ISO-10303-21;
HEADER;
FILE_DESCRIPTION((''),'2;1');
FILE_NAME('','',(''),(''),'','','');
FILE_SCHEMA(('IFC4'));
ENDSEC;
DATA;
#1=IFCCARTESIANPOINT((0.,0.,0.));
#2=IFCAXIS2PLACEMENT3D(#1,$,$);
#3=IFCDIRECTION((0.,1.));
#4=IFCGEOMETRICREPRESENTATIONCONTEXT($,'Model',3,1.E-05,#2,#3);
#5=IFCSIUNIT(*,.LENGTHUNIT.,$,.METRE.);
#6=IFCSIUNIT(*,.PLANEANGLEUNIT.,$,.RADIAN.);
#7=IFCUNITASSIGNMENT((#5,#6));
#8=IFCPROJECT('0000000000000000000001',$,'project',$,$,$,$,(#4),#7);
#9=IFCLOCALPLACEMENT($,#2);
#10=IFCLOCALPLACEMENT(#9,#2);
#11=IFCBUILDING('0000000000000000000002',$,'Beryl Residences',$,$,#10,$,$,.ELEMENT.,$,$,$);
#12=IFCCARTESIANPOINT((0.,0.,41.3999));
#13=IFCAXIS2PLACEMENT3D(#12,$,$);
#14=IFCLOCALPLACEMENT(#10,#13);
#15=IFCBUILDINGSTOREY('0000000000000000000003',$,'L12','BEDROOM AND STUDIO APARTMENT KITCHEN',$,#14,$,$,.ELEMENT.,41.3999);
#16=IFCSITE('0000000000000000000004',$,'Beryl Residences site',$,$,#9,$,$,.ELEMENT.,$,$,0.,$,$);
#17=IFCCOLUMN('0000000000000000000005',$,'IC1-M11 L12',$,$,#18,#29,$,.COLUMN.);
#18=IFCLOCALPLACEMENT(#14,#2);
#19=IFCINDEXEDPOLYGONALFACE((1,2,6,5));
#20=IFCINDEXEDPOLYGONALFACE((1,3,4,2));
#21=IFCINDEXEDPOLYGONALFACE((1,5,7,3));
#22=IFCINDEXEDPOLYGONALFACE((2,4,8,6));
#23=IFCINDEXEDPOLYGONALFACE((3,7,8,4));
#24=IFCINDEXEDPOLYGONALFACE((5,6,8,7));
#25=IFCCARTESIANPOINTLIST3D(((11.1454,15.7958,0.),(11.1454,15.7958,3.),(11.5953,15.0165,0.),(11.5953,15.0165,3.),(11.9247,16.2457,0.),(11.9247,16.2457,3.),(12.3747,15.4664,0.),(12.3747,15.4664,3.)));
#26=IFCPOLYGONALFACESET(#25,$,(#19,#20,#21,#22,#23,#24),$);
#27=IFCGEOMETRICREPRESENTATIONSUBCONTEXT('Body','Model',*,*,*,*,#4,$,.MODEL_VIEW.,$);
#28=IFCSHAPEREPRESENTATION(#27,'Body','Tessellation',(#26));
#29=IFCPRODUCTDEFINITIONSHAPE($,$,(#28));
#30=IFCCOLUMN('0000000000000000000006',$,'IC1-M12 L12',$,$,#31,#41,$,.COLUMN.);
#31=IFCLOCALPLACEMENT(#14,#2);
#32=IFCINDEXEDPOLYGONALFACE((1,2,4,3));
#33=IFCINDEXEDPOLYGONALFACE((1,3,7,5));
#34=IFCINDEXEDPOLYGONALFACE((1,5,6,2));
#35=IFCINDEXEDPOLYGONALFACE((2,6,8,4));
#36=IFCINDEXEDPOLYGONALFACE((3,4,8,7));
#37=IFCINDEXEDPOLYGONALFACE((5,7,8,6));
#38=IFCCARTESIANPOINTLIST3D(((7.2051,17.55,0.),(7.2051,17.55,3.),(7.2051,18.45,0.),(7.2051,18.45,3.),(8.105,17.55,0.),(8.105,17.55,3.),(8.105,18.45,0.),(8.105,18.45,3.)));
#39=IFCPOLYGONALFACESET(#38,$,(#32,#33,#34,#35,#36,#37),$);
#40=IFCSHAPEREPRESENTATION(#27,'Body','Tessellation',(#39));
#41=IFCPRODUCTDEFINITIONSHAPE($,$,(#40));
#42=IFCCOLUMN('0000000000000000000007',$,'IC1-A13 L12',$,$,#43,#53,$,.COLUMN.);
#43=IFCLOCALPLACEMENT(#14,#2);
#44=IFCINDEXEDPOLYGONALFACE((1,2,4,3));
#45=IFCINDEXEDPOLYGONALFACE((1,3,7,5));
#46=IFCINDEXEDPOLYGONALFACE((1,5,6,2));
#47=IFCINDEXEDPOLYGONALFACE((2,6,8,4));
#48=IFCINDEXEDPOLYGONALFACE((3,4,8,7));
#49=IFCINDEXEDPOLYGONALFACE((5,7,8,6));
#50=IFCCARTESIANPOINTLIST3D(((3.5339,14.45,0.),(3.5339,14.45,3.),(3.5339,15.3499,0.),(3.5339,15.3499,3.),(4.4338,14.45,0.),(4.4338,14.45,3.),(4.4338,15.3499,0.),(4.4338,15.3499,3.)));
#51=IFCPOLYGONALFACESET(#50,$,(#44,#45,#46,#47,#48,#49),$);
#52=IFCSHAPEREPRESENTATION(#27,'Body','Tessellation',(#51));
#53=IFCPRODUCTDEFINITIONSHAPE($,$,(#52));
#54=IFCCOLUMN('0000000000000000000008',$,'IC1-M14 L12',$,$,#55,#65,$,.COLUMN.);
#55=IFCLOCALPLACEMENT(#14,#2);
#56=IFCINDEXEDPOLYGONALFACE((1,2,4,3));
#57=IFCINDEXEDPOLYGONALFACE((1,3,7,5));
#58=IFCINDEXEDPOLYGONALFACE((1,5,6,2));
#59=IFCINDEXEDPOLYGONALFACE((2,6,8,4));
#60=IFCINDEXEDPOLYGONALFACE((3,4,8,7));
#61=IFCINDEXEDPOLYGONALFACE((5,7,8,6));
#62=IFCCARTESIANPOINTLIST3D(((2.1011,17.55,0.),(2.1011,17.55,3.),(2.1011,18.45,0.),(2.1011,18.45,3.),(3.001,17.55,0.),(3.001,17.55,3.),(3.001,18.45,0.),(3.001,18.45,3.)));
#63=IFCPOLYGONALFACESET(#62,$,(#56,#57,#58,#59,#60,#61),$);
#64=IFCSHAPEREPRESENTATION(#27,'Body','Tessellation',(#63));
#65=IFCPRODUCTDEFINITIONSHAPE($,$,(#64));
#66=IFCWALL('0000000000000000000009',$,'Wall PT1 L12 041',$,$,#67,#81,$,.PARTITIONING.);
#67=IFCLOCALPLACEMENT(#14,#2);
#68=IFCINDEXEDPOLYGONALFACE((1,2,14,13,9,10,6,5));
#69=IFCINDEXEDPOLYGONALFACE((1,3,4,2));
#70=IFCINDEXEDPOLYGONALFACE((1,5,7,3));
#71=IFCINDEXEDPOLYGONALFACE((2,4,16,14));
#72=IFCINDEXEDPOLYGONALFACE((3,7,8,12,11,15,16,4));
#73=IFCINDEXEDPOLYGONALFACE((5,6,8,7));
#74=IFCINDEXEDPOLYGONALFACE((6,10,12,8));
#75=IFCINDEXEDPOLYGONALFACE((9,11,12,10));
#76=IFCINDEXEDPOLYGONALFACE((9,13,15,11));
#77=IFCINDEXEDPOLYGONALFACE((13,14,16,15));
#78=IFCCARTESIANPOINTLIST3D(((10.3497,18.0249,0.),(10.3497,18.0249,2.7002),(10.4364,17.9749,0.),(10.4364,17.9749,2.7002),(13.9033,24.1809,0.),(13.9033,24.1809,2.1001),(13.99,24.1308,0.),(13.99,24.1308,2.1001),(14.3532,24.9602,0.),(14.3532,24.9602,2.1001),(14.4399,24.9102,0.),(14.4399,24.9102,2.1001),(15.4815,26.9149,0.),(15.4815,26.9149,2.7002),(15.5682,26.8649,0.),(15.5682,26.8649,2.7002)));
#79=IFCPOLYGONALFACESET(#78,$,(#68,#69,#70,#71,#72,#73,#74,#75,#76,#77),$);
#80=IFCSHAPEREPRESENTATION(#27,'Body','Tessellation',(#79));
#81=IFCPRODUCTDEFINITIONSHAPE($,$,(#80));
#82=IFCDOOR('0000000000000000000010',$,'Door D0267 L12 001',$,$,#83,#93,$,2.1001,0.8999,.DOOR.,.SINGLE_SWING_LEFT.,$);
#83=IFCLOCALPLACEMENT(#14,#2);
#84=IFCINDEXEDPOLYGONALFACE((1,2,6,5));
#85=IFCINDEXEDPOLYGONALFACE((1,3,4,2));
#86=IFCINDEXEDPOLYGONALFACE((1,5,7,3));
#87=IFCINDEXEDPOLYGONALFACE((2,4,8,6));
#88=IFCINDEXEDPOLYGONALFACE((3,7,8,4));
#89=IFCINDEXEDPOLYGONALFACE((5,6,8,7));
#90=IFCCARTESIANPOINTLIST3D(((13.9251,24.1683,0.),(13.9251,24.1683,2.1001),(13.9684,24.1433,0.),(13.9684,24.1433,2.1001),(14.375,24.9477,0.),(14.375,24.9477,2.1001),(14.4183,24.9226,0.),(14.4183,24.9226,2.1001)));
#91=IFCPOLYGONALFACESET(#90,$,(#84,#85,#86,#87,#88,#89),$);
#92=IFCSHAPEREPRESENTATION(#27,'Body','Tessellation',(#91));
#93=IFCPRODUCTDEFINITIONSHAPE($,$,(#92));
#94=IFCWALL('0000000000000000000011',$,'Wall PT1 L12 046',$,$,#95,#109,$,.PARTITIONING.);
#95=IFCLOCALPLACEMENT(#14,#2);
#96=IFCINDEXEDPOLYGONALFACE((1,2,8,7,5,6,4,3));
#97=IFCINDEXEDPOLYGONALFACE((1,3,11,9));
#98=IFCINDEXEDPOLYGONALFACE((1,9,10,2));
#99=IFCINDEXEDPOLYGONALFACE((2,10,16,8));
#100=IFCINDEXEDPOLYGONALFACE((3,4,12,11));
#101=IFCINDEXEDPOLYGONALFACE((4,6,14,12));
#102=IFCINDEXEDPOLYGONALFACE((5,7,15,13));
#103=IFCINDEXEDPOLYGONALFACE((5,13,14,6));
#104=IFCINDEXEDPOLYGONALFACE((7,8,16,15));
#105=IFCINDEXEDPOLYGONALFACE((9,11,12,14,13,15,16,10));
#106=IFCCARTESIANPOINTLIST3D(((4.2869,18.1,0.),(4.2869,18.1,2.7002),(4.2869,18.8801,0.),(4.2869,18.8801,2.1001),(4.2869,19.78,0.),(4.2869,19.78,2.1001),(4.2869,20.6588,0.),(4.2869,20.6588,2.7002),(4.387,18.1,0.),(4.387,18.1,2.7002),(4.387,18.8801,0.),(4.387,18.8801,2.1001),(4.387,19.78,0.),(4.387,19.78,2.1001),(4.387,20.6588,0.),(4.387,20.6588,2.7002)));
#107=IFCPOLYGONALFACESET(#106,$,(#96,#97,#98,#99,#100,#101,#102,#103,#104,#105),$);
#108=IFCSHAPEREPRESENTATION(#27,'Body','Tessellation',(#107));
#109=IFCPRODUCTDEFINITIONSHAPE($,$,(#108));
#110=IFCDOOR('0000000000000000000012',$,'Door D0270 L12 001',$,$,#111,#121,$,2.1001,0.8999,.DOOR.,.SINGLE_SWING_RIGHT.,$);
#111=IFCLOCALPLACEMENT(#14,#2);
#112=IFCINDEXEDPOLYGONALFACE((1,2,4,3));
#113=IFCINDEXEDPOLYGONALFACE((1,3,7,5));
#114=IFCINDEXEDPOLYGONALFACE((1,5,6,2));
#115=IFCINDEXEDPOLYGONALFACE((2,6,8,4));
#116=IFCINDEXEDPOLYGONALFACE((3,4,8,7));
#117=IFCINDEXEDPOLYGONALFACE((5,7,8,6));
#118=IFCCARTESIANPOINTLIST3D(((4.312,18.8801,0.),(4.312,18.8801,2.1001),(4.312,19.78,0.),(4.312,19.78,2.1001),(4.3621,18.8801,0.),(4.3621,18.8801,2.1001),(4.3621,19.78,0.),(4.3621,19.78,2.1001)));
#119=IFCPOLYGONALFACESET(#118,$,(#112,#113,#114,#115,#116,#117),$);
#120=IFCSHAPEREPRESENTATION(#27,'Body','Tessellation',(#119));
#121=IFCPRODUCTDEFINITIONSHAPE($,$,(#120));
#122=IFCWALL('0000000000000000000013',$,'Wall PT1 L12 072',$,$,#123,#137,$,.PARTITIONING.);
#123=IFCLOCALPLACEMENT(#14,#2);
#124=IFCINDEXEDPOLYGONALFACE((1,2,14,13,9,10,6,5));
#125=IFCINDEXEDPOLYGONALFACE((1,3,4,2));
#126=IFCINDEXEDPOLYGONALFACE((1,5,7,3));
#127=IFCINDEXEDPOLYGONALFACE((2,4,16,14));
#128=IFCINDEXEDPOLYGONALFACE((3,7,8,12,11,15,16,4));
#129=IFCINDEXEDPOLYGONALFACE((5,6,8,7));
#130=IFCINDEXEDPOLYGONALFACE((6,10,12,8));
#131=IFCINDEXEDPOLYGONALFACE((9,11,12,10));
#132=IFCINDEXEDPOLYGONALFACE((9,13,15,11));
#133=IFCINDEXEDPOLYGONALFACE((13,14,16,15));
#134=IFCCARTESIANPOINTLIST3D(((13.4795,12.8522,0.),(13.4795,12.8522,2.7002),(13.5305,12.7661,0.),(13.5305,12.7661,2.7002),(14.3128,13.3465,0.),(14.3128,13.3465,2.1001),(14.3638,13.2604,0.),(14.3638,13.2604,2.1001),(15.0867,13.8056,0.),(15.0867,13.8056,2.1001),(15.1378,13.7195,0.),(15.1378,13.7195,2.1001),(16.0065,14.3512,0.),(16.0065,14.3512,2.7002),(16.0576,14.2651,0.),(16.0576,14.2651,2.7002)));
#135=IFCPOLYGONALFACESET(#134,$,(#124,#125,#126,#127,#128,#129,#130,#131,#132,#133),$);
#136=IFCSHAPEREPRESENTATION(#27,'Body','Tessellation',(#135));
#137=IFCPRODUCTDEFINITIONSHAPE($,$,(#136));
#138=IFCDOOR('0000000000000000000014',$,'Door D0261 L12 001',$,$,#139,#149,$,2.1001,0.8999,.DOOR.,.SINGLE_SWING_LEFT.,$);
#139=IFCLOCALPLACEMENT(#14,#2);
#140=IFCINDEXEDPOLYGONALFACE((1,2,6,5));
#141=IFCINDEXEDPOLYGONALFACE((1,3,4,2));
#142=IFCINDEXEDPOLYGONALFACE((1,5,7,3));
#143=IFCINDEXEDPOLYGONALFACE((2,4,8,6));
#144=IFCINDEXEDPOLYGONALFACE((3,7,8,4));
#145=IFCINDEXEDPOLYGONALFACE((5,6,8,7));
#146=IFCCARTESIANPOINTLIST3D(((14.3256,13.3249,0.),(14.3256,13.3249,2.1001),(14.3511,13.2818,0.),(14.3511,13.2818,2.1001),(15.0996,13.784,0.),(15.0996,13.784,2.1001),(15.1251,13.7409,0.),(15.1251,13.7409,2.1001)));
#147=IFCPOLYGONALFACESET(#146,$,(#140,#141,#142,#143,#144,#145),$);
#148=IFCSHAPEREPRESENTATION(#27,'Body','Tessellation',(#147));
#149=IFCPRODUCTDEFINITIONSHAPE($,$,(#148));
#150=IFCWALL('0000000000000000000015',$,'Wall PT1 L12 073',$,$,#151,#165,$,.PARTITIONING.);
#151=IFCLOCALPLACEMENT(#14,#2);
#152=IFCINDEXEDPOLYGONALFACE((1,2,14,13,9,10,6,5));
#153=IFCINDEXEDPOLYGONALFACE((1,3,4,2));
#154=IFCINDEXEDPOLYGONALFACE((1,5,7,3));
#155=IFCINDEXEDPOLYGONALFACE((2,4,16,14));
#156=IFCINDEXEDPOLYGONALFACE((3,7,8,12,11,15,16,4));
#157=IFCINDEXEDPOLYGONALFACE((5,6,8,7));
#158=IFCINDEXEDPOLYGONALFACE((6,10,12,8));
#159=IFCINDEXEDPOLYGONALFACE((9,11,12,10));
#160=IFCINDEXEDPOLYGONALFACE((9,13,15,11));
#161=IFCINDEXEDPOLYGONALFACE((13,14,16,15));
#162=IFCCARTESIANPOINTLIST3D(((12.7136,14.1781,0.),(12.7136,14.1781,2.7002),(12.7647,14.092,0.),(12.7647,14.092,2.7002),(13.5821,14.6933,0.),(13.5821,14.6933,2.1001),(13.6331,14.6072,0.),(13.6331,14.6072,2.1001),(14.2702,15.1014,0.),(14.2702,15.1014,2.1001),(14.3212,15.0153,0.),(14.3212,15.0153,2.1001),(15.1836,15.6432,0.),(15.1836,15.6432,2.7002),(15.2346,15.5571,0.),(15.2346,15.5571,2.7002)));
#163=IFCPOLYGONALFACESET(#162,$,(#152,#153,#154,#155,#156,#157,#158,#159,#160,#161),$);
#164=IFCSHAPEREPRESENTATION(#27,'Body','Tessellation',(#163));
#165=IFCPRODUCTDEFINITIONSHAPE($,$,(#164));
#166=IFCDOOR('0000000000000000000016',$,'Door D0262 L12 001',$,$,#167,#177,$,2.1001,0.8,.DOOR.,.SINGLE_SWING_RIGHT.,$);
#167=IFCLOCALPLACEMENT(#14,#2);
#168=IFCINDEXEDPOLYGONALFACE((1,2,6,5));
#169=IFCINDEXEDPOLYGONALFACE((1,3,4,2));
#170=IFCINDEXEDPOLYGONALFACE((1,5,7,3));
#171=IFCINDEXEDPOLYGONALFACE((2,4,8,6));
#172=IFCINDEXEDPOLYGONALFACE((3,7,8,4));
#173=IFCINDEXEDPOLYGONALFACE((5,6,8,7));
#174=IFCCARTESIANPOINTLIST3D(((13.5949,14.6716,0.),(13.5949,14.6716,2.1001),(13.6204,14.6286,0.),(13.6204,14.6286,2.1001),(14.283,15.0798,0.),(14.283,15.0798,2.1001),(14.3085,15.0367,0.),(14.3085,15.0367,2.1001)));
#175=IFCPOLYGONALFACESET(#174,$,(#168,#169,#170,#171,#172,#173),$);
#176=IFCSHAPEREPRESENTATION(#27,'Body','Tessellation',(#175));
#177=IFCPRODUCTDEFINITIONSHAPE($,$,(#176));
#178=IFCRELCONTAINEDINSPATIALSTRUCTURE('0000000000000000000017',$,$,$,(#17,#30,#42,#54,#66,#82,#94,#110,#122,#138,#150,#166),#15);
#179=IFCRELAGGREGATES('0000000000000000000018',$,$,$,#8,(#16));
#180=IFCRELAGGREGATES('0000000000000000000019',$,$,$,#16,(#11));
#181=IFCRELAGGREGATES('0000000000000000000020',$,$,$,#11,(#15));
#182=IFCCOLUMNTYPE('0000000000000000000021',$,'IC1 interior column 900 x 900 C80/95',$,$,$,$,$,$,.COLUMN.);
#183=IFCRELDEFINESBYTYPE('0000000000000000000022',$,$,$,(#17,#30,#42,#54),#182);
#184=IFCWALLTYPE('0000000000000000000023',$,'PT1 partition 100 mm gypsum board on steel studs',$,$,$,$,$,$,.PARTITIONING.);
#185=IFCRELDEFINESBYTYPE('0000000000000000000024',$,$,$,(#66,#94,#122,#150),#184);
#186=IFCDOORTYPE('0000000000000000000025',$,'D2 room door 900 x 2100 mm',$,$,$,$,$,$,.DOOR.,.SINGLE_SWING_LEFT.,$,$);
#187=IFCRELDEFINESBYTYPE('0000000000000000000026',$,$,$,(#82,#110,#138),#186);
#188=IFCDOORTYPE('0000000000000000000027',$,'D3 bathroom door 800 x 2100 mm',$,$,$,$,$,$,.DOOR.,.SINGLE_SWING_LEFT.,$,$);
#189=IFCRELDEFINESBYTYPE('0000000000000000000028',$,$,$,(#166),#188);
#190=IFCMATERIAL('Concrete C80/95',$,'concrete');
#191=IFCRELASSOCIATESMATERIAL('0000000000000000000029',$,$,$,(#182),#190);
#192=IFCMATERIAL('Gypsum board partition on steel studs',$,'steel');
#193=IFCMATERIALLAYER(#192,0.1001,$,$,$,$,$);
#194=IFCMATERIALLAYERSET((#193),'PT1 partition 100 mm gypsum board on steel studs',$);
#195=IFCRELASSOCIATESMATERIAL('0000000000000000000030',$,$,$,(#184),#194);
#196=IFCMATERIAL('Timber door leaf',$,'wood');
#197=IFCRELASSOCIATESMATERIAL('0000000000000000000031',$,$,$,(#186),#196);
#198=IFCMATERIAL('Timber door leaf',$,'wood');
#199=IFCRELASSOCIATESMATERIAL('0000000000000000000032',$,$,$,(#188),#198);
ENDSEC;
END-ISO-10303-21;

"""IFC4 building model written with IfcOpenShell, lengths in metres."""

from ifc_helpers import new_model, si_unit, direction, frame, frame_2d, origin, origin_2d, place, context, subcontext, project, spatial, rectangle, extrude, material, layer, layer_set, material_profile, profile_set, type_object, element, fill, save


model = new_model("IFC4")

# Units and contexts
model_context = context("Model", 3, precision=1e-05, world=origin(), true_north=direction((0.0, 1.0)))
body_context = subcontext(model_context, "Body", "Model", "MODEL_VIEW")
ifc_project = project(units=[si_unit("LENGTHUNIT", "METRE"), si_unit("PLANEANGLEUNIT", "RADIAN")], contexts=[model_context])

# Site, building, storey
site_placement = place(None, origin())
site = spatial("IfcSite", under=ifc_project, at=site_placement, Name="Beryl Residences site", CompositionType="ELEMENT", RefElevation=0.0)
building_placement = place(site_placement, origin())
building = spatial("IfcBuilding", under=site, at=building_placement, Name="Beryl Residences", CompositionType="ELEMENT")
storey_placement = place(building_placement, frame((0.0, 0.0, 41.3999)))
storey = spatial("IfcBuildingStorey", under=building, at=storey_placement, Name="L12", Description="BEDROOM AND STUDIO APARTMENT KITCHEN", CompositionType="ELEMENT", Elevation=41.3999)

# Columns
ifc_material_1 = material(Name="Concrete C80/95", Category="concrete")
ifc_material_profile = material_profile(ifc_material_1, rectangle(XDim=0.8999, YDim=0.8999, at=origin_2d()))
ifc_profile_set = profile_set([ifc_material_profile], Name="Concrete C80/95")
column_type = type_object("IfcColumnType", Name="IC1 interior column 900 x 900 C80/95", PredefinedType="COLUMN", material=ifc_profile_set)
for number, where, z_axis, x_axis, name in (
    (1, (11.76, 15.6311, 0.0), (0.0, 0.0, 1.0), (-0.499985, 0.866034, 0.0), "IC1-M11 L12"),
    (2, (7.655, 18.0, 0.0), (0.0, 0.0, 1.0), (-1.0, 0.0, 0.0), "IC1-M12 L12"),
    (3, (3.9839, 14.8999, 0.0), (0.0, 0.0, 1.0), (1.0, 0.0, 0.0), "IC1-A13 L12"),
    (4, (2.551, 18.0, 0.0), (0.0, 0.0, 1.0), (-1.0, 0.0, 0.0), "IC1-M14 L12"),
):
    element("IfcColumn", number, at=place(storey_placement, frame(where, z_axis=z_axis, x_axis=x_axis)), inside=storey, type_object=column_type, Name=name, PredefinedType="COLUMN", context=body_context, shape_type="SweptSolid", body=[
        extrude(rectangle(XDim=0.8999, YDim=0.8999, at=origin_2d()), origin(), (0.0, 0.0, 1.0), 3.0),
    ])

# Walls, openings, doors
ifc_material_2 = material(Name="Gypsum board partition on steel studs", Category="steel")
ifc_layer_1 = layer(ifc_material_2, 0.1001)
ifc_layer_set_1 = layer_set([ifc_layer_1], Name="PT1 partition 100 mm gypsum board on steel studs")
wall_type_1 = type_object("IfcWallType", Name="PT1 partition 100 mm gypsum board on steel studs", PredefinedType="PARTITIONING", material=ifc_layer_set_1)
wall_1_placement = place(storey_placement, frame((10.3931, 18.0, 0.0), z_axis=(0.0, 0.0, 1.0), x_axis=(0.499945, 0.866057, 0.0)))
wall_1 = element("IfcWall", 5, at=wall_1_placement, inside=storey, type_object=wall_type_1, Name="Wall PT1 L12 041", PredefinedType="PARTITIONING", context=body_context, shape_type="SweptSolid", body=[
    extrude(rectangle(XDim=10.2649, YDim=0.1001, at=frame_2d((5.1323, 0.0))), origin(), (0.0, 0.0, 1.0), 2.7002),
])
opening_1_placement = place(wall_1_placement, frame((7.1079, 0.0, 0.0)))
opening_1 = element("IfcOpeningElement", 6, at=opening_1_placement, cuts=wall_1, PredefinedType="OPENING", context=body_context, shape_type="SweptSolid", body=[
    extrude(rectangle(XDim=0.8999, YDim=2.1001, at=frame_2d((0.45, 1.05))), frame((0.0, 0.0601, 0.0), z_axis=(0.0, -1.0, 0.0), x_axis=(1.0, 0.0, 0.0)), (0.0, 0.0, 1.0), 0.1201),
])
ifc_material_3 = material(Name="Timber door leaf", Category="wood")
door_type_1 = type_object("IfcDoorType", Name="D2 room door 900 x 2100 mm", OperationType="SINGLE_SWING_LEFT", PredefinedType="DOOR", material=ifc_material_3)
door_1_placement = place(opening_1_placement, origin())
door_1 = element("IfcDoor", 7, at=door_1_placement, inside=storey, type_object=door_type_1, Name="Door D0267 L12 001", OperationType="SINGLE_SWING_LEFT", OverallHeight=2.1001, OverallWidth=0.8999, PredefinedType="DOOR", context=body_context, shape_type="SweptSolid", body=[
    extrude(rectangle(XDim=0.8999, YDim=2.1001, at=frame_2d((0.45, 1.05))), frame((0.0, 0.0249, 0.0), z_axis=(0.0, -1.0, 0.0), x_axis=(1.0, 0.0, 0.0)), (0.0, 0.0, 1.0), 0.05),
])
fill(opening_1, door_1)
wall_2_placement = place(storey_placement, frame((4.3369, 18.1001, 0.0), z_axis=(0.0, 0.0, 1.0), x_axis=(0.0, 1.0, 0.0)))
wall_2 = element("IfcWall", 8, at=wall_2_placement, inside=storey, type_object=wall_type_1, Name="Wall PT1 L12 046", PredefinedType="PARTITIONING", context=body_context, shape_type="SweptSolid", body=[
    extrude(rectangle(XDim=2.5588, YDim=0.1001, at=frame_2d((1.2793, 0.0))), origin(), (0.0, 0.0, 1.0), 2.7002),
])
opening_2_placement = place(wall_2_placement, frame((0.78, 0.0, 0.0)))
opening_2 = element("IfcOpeningElement", 9, at=opening_2_placement, cuts=wall_2, PredefinedType="OPENING", context=body_context, shape_type="SweptSolid", body=[
    extrude(rectangle(XDim=0.8999, YDim=2.1001, at=frame_2d((0.45, 1.05))), frame((0.0, 0.0601, 0.0), z_axis=(0.0, -1.0, 0.0), x_axis=(1.0, 0.0, 0.0)), (0.0, 0.0, 1.0), 0.1201),
])
door_2_placement = place(opening_2_placement, origin())
door_2 = element("IfcDoor", 10, at=door_2_placement, inside=storey, type_object=door_type_1, Name="Door D0270 L12 001", OperationType="SINGLE_SWING_RIGHT", OverallHeight=2.1001, OverallWidth=0.8999, PredefinedType="DOOR", context=body_context, shape_type="SweptSolid", body=[
    extrude(rectangle(XDim=0.8999, YDim=2.1001, at=frame_2d((0.45, 1.05))), frame((0.0, 0.0249, 0.0), z_axis=(0.0, -1.0, 0.0), x_axis=(1.0, 0.0, 0.0)), (0.0, 0.0, 1.0), 0.05),
])
fill(opening_2, door_2)
wall_3_placement = place(storey_placement, frame((13.5049, 12.8091, 0.0), z_axis=(0.0, 0.0, 1.0), x_axis=(0.86007, 0.510176, 0.0)))
wall_3 = element("IfcWall", 11, at=wall_3_placement, inside=storey, type_object=wall_type_1, Name="Wall PT1 L12 072", PredefinedType="PARTITIONING", context=body_context, shape_type="SweptSolid", body=[
    extrude(rectangle(XDim=2.9382, YDim=0.1001, at=frame_2d((1.4692, 0.0))), origin(), (0.0, 0.0, 1.0), 2.7002),
])
opening_3_placement = place(wall_3_placement, frame((0.969, 0.0, 0.0)))
opening_3 = element("IfcOpeningElement", 12, at=opening_3_placement, cuts=wall_3, PredefinedType="OPENING", context=body_context, shape_type="SweptSolid", body=[
    extrude(rectangle(XDim=0.8999, YDim=2.1001, at=frame_2d((0.45, 1.05))), frame((0.0, 0.0601, 0.0), z_axis=(0.0, -1.0, 0.0), x_axis=(1.0, 0.0, 0.0)), (0.0, 0.0, 1.0), 0.1201),
])
door_3_placement = place(opening_3_placement, origin())
door_3 = element("IfcDoor", 13, at=door_3_placement, inside=storey, type_object=door_type_1, Name="Door D0261 L12 001", OperationType="SINGLE_SWING_LEFT", OverallHeight=2.1001, OverallWidth=0.8999, PredefinedType="DOOR", context=body_context, shape_type="SweptSolid", body=[
    extrude(rectangle(XDim=0.8999, YDim=2.1001, at=frame_2d((0.45, 1.05))), frame((0.0, 0.0249, 0.0), z_axis=(0.0, -1.0, 0.0), x_axis=(1.0, 0.0, 0.0)), (0.0, 0.0, 1.0), 0.05),
])
fill(opening_3, door_3)
wall_4_placement = place(storey_placement, frame((12.739, 14.135, 0.0), z_axis=(0.0, 0.0, 1.0), x_axis=(0.860077, 0.510164, 0.0)))
wall_4 = element("IfcWall", 14, at=wall_4_placement, inside=storey, type_object=wall_type_1, Name="Wall PT1 L12 073", PredefinedType="PARTITIONING", context=body_context, shape_type="SweptSolid", body=[
    extrude(rectangle(XDim=2.8718, YDim=0.1001, at=frame_2d((1.436, 0.0))), origin(), (0.0, 0.0, 1.0), 2.7002),
])
opening_4_placement = place(wall_4_placement, frame((1.01, 0.0, 0.0)))
opening_4 = element("IfcOpeningElement", 15, at=opening_4_placement, cuts=wall_4, PredefinedType="OPENING", context=body_context, shape_type="SweptSolid", body=[
    extrude(rectangle(XDim=0.8, YDim=2.1001, at=frame_2d((0.3999, 1.05))), frame((0.0, 0.0601, 0.0), z_axis=(0.0, -1.0, 0.0), x_axis=(1.0, 0.0, 0.0)), (0.0, 0.0, 1.0), 0.1201),
])
ifc_material_4 = material(Name="Timber door leaf", Category="wood")
door_type_2 = type_object("IfcDoorType", Name="D3 bathroom door 800 x 2100 mm", OperationType="SINGLE_SWING_LEFT", PredefinedType="DOOR", material=ifc_material_4)
door_4_placement = place(opening_4_placement, origin())
door_4 = element("IfcDoor", 16, at=door_4_placement, inside=storey, type_object=door_type_2, Name="Door D0262 L12 001", OperationType="SINGLE_SWING_RIGHT", OverallHeight=2.1001, OverallWidth=0.8, PredefinedType="DOOR", context=body_context, shape_type="SweptSolid", body=[
    extrude(rectangle(XDim=0.8, YDim=2.1001, at=frame_2d((0.3999, 1.05))), frame((0.0, 0.0249, 0.0), z_axis=(0.0, -1.0, 0.0), x_axis=(1.0, 0.0, 0.0)), (0.0, 0.0, 1.0), 0.05),
])
fill(opening_4, door_4)

save(model, "model.ifc")
